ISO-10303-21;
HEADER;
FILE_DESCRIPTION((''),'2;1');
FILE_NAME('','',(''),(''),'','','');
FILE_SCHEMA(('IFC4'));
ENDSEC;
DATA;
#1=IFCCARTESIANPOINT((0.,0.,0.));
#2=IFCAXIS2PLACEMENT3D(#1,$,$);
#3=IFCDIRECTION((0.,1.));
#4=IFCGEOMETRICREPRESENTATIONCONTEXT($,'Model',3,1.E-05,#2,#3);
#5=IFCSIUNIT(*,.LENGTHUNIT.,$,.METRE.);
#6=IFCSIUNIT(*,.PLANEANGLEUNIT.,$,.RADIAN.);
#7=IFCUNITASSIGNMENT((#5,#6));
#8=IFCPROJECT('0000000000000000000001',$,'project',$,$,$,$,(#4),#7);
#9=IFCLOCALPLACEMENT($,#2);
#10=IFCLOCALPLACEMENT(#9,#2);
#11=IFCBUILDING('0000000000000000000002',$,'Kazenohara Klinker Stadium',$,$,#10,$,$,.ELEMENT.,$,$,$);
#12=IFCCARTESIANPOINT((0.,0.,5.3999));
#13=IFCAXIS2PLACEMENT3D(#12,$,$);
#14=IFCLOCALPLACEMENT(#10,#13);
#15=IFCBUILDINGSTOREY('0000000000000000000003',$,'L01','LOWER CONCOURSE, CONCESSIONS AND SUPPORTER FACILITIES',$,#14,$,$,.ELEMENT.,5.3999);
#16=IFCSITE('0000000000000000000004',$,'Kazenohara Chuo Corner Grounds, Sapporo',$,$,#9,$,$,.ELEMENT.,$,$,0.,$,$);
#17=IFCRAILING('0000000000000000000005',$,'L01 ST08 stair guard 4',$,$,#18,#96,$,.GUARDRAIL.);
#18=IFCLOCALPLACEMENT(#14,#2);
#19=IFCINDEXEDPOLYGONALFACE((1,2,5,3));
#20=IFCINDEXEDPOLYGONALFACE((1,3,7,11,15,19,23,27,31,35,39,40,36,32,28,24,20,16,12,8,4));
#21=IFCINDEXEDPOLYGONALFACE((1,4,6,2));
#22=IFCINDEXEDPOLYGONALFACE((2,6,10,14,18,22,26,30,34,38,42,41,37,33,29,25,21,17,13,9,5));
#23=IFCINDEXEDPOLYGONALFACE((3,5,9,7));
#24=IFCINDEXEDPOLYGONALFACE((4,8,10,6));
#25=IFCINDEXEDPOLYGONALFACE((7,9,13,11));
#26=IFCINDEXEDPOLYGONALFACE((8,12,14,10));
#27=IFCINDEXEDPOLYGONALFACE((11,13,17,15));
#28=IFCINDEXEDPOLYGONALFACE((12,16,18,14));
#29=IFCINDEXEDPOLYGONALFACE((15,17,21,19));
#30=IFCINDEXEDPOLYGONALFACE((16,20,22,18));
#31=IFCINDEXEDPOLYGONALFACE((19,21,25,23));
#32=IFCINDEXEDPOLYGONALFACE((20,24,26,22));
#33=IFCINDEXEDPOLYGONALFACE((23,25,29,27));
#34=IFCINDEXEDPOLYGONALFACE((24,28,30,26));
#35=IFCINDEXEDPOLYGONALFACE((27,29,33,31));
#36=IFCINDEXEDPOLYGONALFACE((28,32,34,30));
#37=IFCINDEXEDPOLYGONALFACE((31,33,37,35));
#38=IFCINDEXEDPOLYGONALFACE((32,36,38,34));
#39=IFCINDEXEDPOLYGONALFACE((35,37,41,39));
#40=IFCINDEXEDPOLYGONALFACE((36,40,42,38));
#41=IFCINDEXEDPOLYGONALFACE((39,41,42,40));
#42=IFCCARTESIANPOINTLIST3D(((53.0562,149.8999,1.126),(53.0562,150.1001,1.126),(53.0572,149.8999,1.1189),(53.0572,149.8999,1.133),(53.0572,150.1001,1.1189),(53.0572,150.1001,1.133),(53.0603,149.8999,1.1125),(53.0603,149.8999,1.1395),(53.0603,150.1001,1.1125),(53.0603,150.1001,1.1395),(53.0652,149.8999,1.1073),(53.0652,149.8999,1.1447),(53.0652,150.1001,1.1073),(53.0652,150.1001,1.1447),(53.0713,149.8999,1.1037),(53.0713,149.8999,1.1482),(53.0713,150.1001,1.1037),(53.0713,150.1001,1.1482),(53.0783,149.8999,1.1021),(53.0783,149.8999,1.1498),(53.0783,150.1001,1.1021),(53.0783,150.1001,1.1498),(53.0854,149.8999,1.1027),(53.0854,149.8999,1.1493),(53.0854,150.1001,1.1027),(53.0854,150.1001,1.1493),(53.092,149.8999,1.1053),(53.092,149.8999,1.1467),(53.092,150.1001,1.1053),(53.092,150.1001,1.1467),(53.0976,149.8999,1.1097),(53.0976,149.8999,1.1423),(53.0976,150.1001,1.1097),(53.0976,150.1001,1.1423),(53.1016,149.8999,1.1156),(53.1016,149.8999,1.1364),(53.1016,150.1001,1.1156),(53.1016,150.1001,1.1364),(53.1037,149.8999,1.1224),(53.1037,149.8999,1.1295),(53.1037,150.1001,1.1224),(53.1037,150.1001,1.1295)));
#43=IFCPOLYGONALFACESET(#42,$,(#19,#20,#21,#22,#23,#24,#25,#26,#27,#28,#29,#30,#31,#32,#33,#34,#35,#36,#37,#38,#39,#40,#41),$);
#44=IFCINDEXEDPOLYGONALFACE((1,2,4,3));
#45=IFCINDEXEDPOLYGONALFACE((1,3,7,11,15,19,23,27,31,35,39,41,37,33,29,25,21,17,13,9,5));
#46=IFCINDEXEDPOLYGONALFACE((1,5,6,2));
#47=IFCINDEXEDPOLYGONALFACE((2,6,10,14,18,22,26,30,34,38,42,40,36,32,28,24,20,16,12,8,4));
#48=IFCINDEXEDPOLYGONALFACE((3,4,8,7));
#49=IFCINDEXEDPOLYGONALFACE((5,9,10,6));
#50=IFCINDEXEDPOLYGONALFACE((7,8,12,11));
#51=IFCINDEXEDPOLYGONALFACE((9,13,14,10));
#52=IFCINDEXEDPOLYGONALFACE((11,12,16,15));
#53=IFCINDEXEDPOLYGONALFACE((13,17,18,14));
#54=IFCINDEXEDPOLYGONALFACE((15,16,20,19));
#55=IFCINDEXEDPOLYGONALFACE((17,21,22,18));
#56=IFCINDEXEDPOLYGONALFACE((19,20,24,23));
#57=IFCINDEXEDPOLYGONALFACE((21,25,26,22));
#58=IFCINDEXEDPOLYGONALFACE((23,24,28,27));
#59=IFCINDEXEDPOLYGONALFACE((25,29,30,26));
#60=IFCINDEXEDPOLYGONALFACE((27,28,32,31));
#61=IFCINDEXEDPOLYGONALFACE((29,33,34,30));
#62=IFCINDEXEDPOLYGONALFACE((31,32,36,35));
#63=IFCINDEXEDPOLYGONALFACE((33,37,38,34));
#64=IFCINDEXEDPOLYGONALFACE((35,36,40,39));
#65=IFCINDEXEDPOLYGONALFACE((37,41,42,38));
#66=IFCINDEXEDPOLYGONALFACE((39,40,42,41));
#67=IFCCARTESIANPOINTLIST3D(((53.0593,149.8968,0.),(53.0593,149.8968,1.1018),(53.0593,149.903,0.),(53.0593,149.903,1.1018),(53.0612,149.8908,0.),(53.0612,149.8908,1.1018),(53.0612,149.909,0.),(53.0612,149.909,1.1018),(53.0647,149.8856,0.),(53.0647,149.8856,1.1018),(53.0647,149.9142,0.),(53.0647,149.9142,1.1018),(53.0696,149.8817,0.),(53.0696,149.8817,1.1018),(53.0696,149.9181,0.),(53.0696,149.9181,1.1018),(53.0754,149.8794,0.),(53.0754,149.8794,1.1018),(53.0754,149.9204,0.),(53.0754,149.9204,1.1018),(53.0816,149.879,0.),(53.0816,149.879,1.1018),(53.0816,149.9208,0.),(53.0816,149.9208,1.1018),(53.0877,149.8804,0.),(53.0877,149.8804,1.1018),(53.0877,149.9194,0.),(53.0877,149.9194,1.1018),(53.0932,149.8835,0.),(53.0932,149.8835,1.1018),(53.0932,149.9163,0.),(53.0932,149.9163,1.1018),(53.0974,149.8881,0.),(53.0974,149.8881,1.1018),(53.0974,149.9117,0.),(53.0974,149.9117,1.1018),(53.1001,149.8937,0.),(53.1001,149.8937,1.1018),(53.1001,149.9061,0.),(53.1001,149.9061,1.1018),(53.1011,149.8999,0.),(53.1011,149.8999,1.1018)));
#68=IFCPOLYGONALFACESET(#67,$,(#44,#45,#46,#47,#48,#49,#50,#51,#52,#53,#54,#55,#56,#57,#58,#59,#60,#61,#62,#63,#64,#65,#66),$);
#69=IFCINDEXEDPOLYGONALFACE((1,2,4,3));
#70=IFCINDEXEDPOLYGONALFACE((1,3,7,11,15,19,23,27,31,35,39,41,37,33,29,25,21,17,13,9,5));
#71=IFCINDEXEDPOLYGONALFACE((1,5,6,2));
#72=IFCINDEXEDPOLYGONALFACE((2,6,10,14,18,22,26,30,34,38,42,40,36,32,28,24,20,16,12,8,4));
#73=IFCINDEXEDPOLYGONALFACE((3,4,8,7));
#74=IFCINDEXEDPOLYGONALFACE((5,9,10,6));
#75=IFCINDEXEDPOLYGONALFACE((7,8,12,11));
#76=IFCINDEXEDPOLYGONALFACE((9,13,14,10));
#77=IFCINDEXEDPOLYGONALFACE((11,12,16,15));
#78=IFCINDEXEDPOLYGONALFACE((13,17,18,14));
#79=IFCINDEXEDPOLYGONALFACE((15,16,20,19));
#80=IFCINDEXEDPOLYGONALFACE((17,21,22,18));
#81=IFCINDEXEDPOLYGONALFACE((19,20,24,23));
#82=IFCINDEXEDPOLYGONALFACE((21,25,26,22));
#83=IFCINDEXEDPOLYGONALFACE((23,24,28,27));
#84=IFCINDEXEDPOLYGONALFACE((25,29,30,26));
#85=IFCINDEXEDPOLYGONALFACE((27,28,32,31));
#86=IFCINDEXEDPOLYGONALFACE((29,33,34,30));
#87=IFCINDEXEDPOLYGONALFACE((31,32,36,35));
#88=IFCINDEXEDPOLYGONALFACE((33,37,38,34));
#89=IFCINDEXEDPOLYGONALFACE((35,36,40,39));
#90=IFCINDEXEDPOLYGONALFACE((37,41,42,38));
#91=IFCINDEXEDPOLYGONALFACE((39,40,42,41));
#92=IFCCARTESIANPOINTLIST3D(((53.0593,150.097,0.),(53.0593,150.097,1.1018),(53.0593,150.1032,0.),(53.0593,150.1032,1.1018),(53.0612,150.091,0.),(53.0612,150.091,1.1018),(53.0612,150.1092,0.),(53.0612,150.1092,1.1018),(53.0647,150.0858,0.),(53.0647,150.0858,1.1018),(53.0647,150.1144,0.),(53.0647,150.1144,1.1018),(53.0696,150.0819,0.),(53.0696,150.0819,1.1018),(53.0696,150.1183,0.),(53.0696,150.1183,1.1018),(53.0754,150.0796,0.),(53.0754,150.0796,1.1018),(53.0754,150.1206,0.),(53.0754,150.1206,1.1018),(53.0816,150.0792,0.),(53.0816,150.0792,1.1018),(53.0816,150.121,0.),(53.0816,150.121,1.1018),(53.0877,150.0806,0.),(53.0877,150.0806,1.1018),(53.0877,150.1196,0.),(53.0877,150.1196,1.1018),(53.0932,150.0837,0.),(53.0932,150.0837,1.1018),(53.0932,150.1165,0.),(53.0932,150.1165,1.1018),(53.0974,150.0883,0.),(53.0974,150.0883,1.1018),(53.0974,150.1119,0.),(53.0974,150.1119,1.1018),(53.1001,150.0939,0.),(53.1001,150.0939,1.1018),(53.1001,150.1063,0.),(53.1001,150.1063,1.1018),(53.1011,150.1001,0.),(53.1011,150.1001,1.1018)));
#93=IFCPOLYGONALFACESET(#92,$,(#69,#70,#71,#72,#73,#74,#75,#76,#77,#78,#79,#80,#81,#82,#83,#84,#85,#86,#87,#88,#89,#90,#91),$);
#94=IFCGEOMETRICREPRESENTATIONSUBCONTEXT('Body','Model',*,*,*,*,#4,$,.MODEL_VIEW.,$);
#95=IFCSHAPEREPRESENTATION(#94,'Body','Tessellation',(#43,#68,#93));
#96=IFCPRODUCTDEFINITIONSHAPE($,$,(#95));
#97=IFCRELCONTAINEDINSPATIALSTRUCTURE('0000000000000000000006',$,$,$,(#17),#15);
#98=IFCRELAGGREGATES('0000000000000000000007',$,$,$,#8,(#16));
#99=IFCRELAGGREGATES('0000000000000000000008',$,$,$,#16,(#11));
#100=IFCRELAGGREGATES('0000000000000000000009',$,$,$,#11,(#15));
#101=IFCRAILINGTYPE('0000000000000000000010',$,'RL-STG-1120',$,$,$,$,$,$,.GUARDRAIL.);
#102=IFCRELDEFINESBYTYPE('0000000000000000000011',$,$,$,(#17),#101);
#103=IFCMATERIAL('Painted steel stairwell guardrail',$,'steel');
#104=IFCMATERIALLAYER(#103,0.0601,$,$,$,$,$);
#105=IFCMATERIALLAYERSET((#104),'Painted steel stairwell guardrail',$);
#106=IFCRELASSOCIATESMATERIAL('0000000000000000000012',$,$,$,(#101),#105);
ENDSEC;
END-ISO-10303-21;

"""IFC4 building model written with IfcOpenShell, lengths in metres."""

from ifc_helpers import new_model, si_unit, direction, frame, origin, origin_2d, place, context, subcontext, project, spatial, circle, extrude, material, layer, layer_set, type_object, element, save


model = new_model("IFC4")

# Units and contexts
model_context = context("Model", 3, precision=1e-05, world=origin(), true_north=direction((0.0, 1.0)))
body_context = subcontext(model_context, "Body", "Model", "MODEL_VIEW")
ifc_project = project(units=[si_unit("LENGTHUNIT", "METRE"), si_unit("PLANEANGLEUNIT", "RADIAN")], contexts=[model_context])

# Site, building, storey
site_placement = place(None, origin())
site = spatial("IfcSite", under=ifc_project, at=site_placement, Name="Kazenohara Chuo Corner Grounds, Sapporo", CompositionType="ELEMENT", RefElevation=0.0)
building_placement = place(site_placement, origin())
building = spatial("IfcBuilding", under=site, at=building_placement, Name="Kazenohara Klinker Stadium", CompositionType="ELEMENT")
storey_placement = place(building_placement, frame((0.0, 0.0, 5.3999)))
storey = spatial("IfcBuildingStorey", under=building, at=storey_placement, Name="L01", Description="LOWER CONCOURSE, CONCESSIONS AND SUPPORTER FACILITIES", CompositionType="ELEMENT", Elevation=5.3999)

# Railing
ifc_material_1 = material(Name="Painted steel stairwell guardrail", Category="steel")
ifc_layer_1 = layer(ifc_material_1, 0.0601)
ifc_layer_set_1 = layer_set([ifc_layer_1], Name="Painted steel stairwell guardrail")
railing_type_1 = type_object("IfcRailingType", Name="RL-STG-1120", PredefinedType="GUARDRAIL", material=ifc_layer_set_1)
railing_1_placement = place(storey_placement, frame((53.0801, 149.8999, 0.0)))
element("IfcRailing", 1, at=railing_1_placement, inside=storey, type_object=railing_type_1, Name="L01 ST08 stair guard 4", PredefinedType="GUARDRAIL", context=body_context, shape_type="SweptSolid", body=[
    extrude(circle(Radius=0.0239, at=origin_2d()), frame((0.0, 0.0, 1.126), z_axis=(0.0, 1.0, 0.0), x_axis=(-1.0, 0.0, 0.0)), (0.0, 0.0, 1.0), 0.2002),
    extrude(circle(Radius=0.021, at=origin_2d()), origin(), (0.0, 0.0, 1.0), 1.1018),
    extrude(circle(Radius=0.021, at=origin_2d()), frame((0.0, 0.2002, 0.0)), (0.0, 0.0, 1.0), 1.1018),
])

save(model, "model.ifc")
